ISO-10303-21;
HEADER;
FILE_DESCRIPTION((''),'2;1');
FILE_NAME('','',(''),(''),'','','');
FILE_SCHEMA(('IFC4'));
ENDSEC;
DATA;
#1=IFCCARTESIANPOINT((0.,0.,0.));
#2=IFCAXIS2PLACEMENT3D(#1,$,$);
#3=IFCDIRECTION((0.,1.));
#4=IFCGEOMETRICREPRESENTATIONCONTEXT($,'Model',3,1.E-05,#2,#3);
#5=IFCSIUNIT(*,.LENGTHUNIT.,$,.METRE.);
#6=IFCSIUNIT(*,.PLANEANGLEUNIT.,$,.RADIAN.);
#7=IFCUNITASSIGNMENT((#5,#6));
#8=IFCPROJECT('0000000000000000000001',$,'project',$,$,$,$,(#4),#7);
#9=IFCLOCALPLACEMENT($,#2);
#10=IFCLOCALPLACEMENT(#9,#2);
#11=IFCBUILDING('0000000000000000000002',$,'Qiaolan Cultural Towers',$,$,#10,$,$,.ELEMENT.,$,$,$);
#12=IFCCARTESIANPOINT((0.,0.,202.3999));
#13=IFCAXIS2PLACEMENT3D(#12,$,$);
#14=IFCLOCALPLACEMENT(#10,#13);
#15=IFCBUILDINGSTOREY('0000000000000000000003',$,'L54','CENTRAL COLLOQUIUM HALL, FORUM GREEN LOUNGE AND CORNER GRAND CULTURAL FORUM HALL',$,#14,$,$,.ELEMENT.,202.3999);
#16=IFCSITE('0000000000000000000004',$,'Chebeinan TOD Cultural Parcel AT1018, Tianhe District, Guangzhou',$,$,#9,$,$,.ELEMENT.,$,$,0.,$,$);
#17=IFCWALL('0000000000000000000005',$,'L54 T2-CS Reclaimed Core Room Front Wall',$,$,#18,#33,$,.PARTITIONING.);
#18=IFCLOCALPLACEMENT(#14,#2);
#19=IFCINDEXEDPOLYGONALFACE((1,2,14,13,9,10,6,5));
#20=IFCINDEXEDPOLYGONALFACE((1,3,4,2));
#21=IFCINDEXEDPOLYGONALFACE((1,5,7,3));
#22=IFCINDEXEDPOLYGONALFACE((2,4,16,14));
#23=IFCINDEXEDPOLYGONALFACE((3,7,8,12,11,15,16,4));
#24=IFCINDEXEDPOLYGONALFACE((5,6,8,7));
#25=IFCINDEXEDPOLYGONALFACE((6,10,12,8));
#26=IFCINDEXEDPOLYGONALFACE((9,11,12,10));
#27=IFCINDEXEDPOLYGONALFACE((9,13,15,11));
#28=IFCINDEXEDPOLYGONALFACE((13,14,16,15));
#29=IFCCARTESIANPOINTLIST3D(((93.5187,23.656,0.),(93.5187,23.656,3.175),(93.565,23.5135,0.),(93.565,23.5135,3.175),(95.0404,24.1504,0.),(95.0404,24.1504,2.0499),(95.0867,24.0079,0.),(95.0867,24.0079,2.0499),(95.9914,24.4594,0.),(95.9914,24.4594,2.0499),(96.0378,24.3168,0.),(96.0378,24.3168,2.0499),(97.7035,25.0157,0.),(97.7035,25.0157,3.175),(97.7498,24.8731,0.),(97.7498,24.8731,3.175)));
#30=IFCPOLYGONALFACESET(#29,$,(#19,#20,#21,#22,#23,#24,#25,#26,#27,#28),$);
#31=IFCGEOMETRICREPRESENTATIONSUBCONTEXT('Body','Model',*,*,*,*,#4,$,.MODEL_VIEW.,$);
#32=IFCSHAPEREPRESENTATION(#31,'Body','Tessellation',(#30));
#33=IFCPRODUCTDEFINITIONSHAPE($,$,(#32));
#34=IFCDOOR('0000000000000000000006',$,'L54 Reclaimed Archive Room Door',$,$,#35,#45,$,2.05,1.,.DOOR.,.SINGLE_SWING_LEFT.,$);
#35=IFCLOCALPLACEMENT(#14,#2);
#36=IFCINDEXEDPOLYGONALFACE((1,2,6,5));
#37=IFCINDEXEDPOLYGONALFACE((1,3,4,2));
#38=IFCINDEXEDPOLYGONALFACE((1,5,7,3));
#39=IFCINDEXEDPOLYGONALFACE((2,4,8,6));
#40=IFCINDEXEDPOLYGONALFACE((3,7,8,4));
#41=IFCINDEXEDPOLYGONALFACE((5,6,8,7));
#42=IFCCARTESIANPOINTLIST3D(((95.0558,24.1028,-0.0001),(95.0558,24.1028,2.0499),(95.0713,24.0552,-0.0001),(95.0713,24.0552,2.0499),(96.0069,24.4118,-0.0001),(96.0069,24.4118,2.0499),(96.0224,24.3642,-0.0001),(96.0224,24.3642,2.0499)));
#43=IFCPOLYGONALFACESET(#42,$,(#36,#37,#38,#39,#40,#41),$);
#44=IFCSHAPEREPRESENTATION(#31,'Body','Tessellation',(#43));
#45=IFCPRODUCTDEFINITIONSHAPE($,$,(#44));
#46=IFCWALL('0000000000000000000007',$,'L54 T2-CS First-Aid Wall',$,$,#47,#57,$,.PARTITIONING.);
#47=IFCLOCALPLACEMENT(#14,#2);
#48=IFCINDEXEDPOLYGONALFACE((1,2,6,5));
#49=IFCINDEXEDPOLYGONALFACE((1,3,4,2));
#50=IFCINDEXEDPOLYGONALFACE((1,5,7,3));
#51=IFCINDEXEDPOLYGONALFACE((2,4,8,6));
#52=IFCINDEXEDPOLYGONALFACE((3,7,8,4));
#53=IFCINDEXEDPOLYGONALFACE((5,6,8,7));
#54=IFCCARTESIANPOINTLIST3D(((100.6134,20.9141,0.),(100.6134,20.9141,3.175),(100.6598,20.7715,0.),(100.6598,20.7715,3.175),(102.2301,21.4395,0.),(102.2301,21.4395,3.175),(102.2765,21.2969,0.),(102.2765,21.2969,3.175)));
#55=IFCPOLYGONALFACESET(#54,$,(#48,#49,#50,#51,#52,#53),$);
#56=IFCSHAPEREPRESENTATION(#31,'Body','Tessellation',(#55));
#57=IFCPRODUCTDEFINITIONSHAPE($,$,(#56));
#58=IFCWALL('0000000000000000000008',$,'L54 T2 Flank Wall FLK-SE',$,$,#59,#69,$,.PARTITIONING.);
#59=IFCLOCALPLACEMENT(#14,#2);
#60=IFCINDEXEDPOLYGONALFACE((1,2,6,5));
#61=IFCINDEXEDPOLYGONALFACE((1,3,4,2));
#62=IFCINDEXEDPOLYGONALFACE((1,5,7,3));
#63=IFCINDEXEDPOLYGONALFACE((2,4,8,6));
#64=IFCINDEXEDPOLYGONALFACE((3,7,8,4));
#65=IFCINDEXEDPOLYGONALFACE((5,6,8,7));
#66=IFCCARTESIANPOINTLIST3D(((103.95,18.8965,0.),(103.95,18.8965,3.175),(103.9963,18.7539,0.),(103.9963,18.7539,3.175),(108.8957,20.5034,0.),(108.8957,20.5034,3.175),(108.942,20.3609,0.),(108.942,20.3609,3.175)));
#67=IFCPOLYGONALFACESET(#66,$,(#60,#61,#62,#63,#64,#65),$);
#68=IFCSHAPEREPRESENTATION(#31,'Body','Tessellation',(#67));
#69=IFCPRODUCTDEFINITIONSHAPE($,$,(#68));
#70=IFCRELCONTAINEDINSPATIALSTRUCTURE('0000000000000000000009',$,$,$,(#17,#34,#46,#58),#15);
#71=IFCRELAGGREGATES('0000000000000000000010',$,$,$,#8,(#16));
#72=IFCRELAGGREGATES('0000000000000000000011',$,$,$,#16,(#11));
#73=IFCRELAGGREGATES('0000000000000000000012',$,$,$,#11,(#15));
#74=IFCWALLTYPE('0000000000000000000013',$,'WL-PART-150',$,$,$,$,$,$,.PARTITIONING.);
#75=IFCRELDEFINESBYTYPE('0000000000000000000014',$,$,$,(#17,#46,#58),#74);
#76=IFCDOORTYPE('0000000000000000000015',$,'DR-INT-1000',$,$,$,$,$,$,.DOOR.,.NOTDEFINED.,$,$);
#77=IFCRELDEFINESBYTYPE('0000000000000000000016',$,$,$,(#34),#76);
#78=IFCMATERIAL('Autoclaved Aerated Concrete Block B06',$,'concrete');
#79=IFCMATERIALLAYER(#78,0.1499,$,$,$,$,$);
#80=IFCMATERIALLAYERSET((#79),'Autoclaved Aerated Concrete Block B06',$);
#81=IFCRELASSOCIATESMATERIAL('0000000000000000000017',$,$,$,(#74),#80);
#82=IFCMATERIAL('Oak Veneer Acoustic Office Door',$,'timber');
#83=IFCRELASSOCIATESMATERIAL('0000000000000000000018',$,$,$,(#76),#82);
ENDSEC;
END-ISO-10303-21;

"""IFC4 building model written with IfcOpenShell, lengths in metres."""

from ifc_helpers import new_model, si_unit, direction, frame, frame_2d, origin, place, context, subcontext, project, spatial, rectangle, extrude, material, layer, layer_set, type_object, element, fill, save


model = new_model("IFC4")

# Units and contexts
model_context = context("Model", 3, precision=1e-05, world=origin(), true_north=direction((0.0, 1.0)))
body_context = subcontext(model_context, "Body", "Model", "MODEL_VIEW")
ifc_project = project(units=[si_unit("LENGTHUNIT", "METRE"), si_unit("PLANEANGLEUNIT", "RADIAN")], contexts=[model_context])

# Site, building, storey
site_placement = place(None, origin())
site = spatial("IfcSite", under=ifc_project, at=site_placement, Name="Chebeinan TOD Cultural Parcel AT1018, Tianhe District, Guangzhou", CompositionType="ELEMENT", RefElevation=0.0)
building_placement = place(site_placement, origin())
building = spatial("IfcBuilding", under=site, at=building_placement, Name="Qiaolan Cultural Towers", CompositionType="ELEMENT")
storey_placement = place(building_placement, frame((0.0, 0.0, 202.3999)))
storey = spatial("IfcBuildingStorey", under=building, at=storey_placement, Name="L54", Description="CENTRAL COLLOQUIUM HALL, FORUM GREEN LOUNGE AND CORNER GRAND CULTURAL FORUM HALL", CompositionType="ELEMENT", Elevation=202.3999)

# Wall, opening, door
ifc_material_1 = material(Name="Autoclaved Aerated Concrete Block B06", Category="concrete")
ifc_layer_1 = layer(ifc_material_1, 0.1499)
ifc_layer_set_1 = layer_set([ifc_layer_1], Name="Autoclaved Aerated Concrete Block B06")
wall_type_1 = type_object("IfcWallType", Name="WL-PART-150", PredefinedType="PARTITIONING", material=ifc_layer_set_1)
wall_1_placement = place(storey_placement, frame((93.5417, 23.5847, 0.0), z_axis=(0.0, 0.0, 1.0), x_axis=(0.951064, 0.308994, 0.0)))
wall_1 = element("IfcWall", 1, at=wall_1_placement, inside=storey, type_object=wall_type_1, Name="L54 T2-CS Reclaimed Core Room Front Wall", PredefinedType="PARTITIONING", context=body_context, shape_type="SweptSolid", body=[
    extrude(rectangle(XDim=4.4001, YDim=0.1499, at=frame_2d((2.2002, 0.0))), origin(), (0.0, 0.0, 1.0), 3.175),
])
opening_1_placement = place(wall_1_placement, frame((1.6001, 0.0, 0.0)))
opening_1 = element("IfcOpeningElement", 2, at=opening_1_placement, cuts=wall_1, PredefinedType="OPENING", context=body_context, shape_type="SweptSolid", body=[
    extrude(rectangle(XDim=1.0, YDim=2.05, at=frame_2d((0.5, 1.0249))), frame((0.0, 0.085, 0.0), z_axis=(0.0, -1.0, 0.0), x_axis=(1.0, 0.0, 0.0)), (0.0, 0.0, 1.0), 0.1699),
])
ifc_material_2 = material(Name="Oak Veneer Acoustic Office Door", Category="timber")
door_type_1 = type_object("IfcDoorType", Name="DR-INT-1000", OperationType="NOTDEFINED", PredefinedType="DOOR", material=ifc_material_2)
door_1_placement = place(opening_1_placement, origin())
door_1 = element("IfcDoor", 3, at=door_1_placement, inside=storey, type_object=door_type_1, Name="L54 Reclaimed Archive Room Door", OperationType="SINGLE_SWING_LEFT", OverallHeight=2.05, OverallWidth=1.0, PredefinedType="DOOR", context=body_context, shape_type="SweptSolid", body=[
    extrude(rectangle(XDim=1.0, YDim=2.05, at=frame_2d((0.5, 1.0249))), frame((0.0, 0.0249, 0.0), z_axis=(0.0, -1.0, 0.0), x_axis=(1.0, 0.0, 0.0)), (0.0, 0.0, 1.0), 0.05),
])
fill(opening_1, door_1)

# Walls
wall_2_placement = place(storey_placement, frame((100.6365, 20.8428, 0.0), z_axis=(0.0, 0.0, 1.0), x_axis=(0.95104, 0.309067, 0.0)))
element("IfcWall", 4, at=wall_2_placement, inside=storey, type_object=wall_type_1, Name="L54 T2-CS First-Aid Wall", PredefinedType="PARTITIONING", context=body_context, shape_type="SweptSolid", body=[
    extrude(rectangle(XDim=1.7, YDim=0.1499, at=frame_2d((0.8501, 0.0))), origin(), (0.0, 0.0, 1.0), 3.175),
])
wall_3_placement = place(storey_placement, frame((103.9731, 18.8252, 0.0), z_axis=(0.0, 0.0, 1.0), x_axis=(0.951055, 0.309021, 0.0)))
element("IfcWall", 5, at=wall_3_placement, inside=storey, type_object=wall_type_1, Name="L54 T2 Flank Wall FLK-SE", PredefinedType="PARTITIONING", context=body_context, shape_type="SweptSolid", body=[
    extrude(rectangle(XDim=5.2002, YDim=0.1499, at=frame_2d((2.6001, 0.0))), origin(), (0.0, 0.0, 1.0), 3.175),
])

save(model, "model.ifc")
